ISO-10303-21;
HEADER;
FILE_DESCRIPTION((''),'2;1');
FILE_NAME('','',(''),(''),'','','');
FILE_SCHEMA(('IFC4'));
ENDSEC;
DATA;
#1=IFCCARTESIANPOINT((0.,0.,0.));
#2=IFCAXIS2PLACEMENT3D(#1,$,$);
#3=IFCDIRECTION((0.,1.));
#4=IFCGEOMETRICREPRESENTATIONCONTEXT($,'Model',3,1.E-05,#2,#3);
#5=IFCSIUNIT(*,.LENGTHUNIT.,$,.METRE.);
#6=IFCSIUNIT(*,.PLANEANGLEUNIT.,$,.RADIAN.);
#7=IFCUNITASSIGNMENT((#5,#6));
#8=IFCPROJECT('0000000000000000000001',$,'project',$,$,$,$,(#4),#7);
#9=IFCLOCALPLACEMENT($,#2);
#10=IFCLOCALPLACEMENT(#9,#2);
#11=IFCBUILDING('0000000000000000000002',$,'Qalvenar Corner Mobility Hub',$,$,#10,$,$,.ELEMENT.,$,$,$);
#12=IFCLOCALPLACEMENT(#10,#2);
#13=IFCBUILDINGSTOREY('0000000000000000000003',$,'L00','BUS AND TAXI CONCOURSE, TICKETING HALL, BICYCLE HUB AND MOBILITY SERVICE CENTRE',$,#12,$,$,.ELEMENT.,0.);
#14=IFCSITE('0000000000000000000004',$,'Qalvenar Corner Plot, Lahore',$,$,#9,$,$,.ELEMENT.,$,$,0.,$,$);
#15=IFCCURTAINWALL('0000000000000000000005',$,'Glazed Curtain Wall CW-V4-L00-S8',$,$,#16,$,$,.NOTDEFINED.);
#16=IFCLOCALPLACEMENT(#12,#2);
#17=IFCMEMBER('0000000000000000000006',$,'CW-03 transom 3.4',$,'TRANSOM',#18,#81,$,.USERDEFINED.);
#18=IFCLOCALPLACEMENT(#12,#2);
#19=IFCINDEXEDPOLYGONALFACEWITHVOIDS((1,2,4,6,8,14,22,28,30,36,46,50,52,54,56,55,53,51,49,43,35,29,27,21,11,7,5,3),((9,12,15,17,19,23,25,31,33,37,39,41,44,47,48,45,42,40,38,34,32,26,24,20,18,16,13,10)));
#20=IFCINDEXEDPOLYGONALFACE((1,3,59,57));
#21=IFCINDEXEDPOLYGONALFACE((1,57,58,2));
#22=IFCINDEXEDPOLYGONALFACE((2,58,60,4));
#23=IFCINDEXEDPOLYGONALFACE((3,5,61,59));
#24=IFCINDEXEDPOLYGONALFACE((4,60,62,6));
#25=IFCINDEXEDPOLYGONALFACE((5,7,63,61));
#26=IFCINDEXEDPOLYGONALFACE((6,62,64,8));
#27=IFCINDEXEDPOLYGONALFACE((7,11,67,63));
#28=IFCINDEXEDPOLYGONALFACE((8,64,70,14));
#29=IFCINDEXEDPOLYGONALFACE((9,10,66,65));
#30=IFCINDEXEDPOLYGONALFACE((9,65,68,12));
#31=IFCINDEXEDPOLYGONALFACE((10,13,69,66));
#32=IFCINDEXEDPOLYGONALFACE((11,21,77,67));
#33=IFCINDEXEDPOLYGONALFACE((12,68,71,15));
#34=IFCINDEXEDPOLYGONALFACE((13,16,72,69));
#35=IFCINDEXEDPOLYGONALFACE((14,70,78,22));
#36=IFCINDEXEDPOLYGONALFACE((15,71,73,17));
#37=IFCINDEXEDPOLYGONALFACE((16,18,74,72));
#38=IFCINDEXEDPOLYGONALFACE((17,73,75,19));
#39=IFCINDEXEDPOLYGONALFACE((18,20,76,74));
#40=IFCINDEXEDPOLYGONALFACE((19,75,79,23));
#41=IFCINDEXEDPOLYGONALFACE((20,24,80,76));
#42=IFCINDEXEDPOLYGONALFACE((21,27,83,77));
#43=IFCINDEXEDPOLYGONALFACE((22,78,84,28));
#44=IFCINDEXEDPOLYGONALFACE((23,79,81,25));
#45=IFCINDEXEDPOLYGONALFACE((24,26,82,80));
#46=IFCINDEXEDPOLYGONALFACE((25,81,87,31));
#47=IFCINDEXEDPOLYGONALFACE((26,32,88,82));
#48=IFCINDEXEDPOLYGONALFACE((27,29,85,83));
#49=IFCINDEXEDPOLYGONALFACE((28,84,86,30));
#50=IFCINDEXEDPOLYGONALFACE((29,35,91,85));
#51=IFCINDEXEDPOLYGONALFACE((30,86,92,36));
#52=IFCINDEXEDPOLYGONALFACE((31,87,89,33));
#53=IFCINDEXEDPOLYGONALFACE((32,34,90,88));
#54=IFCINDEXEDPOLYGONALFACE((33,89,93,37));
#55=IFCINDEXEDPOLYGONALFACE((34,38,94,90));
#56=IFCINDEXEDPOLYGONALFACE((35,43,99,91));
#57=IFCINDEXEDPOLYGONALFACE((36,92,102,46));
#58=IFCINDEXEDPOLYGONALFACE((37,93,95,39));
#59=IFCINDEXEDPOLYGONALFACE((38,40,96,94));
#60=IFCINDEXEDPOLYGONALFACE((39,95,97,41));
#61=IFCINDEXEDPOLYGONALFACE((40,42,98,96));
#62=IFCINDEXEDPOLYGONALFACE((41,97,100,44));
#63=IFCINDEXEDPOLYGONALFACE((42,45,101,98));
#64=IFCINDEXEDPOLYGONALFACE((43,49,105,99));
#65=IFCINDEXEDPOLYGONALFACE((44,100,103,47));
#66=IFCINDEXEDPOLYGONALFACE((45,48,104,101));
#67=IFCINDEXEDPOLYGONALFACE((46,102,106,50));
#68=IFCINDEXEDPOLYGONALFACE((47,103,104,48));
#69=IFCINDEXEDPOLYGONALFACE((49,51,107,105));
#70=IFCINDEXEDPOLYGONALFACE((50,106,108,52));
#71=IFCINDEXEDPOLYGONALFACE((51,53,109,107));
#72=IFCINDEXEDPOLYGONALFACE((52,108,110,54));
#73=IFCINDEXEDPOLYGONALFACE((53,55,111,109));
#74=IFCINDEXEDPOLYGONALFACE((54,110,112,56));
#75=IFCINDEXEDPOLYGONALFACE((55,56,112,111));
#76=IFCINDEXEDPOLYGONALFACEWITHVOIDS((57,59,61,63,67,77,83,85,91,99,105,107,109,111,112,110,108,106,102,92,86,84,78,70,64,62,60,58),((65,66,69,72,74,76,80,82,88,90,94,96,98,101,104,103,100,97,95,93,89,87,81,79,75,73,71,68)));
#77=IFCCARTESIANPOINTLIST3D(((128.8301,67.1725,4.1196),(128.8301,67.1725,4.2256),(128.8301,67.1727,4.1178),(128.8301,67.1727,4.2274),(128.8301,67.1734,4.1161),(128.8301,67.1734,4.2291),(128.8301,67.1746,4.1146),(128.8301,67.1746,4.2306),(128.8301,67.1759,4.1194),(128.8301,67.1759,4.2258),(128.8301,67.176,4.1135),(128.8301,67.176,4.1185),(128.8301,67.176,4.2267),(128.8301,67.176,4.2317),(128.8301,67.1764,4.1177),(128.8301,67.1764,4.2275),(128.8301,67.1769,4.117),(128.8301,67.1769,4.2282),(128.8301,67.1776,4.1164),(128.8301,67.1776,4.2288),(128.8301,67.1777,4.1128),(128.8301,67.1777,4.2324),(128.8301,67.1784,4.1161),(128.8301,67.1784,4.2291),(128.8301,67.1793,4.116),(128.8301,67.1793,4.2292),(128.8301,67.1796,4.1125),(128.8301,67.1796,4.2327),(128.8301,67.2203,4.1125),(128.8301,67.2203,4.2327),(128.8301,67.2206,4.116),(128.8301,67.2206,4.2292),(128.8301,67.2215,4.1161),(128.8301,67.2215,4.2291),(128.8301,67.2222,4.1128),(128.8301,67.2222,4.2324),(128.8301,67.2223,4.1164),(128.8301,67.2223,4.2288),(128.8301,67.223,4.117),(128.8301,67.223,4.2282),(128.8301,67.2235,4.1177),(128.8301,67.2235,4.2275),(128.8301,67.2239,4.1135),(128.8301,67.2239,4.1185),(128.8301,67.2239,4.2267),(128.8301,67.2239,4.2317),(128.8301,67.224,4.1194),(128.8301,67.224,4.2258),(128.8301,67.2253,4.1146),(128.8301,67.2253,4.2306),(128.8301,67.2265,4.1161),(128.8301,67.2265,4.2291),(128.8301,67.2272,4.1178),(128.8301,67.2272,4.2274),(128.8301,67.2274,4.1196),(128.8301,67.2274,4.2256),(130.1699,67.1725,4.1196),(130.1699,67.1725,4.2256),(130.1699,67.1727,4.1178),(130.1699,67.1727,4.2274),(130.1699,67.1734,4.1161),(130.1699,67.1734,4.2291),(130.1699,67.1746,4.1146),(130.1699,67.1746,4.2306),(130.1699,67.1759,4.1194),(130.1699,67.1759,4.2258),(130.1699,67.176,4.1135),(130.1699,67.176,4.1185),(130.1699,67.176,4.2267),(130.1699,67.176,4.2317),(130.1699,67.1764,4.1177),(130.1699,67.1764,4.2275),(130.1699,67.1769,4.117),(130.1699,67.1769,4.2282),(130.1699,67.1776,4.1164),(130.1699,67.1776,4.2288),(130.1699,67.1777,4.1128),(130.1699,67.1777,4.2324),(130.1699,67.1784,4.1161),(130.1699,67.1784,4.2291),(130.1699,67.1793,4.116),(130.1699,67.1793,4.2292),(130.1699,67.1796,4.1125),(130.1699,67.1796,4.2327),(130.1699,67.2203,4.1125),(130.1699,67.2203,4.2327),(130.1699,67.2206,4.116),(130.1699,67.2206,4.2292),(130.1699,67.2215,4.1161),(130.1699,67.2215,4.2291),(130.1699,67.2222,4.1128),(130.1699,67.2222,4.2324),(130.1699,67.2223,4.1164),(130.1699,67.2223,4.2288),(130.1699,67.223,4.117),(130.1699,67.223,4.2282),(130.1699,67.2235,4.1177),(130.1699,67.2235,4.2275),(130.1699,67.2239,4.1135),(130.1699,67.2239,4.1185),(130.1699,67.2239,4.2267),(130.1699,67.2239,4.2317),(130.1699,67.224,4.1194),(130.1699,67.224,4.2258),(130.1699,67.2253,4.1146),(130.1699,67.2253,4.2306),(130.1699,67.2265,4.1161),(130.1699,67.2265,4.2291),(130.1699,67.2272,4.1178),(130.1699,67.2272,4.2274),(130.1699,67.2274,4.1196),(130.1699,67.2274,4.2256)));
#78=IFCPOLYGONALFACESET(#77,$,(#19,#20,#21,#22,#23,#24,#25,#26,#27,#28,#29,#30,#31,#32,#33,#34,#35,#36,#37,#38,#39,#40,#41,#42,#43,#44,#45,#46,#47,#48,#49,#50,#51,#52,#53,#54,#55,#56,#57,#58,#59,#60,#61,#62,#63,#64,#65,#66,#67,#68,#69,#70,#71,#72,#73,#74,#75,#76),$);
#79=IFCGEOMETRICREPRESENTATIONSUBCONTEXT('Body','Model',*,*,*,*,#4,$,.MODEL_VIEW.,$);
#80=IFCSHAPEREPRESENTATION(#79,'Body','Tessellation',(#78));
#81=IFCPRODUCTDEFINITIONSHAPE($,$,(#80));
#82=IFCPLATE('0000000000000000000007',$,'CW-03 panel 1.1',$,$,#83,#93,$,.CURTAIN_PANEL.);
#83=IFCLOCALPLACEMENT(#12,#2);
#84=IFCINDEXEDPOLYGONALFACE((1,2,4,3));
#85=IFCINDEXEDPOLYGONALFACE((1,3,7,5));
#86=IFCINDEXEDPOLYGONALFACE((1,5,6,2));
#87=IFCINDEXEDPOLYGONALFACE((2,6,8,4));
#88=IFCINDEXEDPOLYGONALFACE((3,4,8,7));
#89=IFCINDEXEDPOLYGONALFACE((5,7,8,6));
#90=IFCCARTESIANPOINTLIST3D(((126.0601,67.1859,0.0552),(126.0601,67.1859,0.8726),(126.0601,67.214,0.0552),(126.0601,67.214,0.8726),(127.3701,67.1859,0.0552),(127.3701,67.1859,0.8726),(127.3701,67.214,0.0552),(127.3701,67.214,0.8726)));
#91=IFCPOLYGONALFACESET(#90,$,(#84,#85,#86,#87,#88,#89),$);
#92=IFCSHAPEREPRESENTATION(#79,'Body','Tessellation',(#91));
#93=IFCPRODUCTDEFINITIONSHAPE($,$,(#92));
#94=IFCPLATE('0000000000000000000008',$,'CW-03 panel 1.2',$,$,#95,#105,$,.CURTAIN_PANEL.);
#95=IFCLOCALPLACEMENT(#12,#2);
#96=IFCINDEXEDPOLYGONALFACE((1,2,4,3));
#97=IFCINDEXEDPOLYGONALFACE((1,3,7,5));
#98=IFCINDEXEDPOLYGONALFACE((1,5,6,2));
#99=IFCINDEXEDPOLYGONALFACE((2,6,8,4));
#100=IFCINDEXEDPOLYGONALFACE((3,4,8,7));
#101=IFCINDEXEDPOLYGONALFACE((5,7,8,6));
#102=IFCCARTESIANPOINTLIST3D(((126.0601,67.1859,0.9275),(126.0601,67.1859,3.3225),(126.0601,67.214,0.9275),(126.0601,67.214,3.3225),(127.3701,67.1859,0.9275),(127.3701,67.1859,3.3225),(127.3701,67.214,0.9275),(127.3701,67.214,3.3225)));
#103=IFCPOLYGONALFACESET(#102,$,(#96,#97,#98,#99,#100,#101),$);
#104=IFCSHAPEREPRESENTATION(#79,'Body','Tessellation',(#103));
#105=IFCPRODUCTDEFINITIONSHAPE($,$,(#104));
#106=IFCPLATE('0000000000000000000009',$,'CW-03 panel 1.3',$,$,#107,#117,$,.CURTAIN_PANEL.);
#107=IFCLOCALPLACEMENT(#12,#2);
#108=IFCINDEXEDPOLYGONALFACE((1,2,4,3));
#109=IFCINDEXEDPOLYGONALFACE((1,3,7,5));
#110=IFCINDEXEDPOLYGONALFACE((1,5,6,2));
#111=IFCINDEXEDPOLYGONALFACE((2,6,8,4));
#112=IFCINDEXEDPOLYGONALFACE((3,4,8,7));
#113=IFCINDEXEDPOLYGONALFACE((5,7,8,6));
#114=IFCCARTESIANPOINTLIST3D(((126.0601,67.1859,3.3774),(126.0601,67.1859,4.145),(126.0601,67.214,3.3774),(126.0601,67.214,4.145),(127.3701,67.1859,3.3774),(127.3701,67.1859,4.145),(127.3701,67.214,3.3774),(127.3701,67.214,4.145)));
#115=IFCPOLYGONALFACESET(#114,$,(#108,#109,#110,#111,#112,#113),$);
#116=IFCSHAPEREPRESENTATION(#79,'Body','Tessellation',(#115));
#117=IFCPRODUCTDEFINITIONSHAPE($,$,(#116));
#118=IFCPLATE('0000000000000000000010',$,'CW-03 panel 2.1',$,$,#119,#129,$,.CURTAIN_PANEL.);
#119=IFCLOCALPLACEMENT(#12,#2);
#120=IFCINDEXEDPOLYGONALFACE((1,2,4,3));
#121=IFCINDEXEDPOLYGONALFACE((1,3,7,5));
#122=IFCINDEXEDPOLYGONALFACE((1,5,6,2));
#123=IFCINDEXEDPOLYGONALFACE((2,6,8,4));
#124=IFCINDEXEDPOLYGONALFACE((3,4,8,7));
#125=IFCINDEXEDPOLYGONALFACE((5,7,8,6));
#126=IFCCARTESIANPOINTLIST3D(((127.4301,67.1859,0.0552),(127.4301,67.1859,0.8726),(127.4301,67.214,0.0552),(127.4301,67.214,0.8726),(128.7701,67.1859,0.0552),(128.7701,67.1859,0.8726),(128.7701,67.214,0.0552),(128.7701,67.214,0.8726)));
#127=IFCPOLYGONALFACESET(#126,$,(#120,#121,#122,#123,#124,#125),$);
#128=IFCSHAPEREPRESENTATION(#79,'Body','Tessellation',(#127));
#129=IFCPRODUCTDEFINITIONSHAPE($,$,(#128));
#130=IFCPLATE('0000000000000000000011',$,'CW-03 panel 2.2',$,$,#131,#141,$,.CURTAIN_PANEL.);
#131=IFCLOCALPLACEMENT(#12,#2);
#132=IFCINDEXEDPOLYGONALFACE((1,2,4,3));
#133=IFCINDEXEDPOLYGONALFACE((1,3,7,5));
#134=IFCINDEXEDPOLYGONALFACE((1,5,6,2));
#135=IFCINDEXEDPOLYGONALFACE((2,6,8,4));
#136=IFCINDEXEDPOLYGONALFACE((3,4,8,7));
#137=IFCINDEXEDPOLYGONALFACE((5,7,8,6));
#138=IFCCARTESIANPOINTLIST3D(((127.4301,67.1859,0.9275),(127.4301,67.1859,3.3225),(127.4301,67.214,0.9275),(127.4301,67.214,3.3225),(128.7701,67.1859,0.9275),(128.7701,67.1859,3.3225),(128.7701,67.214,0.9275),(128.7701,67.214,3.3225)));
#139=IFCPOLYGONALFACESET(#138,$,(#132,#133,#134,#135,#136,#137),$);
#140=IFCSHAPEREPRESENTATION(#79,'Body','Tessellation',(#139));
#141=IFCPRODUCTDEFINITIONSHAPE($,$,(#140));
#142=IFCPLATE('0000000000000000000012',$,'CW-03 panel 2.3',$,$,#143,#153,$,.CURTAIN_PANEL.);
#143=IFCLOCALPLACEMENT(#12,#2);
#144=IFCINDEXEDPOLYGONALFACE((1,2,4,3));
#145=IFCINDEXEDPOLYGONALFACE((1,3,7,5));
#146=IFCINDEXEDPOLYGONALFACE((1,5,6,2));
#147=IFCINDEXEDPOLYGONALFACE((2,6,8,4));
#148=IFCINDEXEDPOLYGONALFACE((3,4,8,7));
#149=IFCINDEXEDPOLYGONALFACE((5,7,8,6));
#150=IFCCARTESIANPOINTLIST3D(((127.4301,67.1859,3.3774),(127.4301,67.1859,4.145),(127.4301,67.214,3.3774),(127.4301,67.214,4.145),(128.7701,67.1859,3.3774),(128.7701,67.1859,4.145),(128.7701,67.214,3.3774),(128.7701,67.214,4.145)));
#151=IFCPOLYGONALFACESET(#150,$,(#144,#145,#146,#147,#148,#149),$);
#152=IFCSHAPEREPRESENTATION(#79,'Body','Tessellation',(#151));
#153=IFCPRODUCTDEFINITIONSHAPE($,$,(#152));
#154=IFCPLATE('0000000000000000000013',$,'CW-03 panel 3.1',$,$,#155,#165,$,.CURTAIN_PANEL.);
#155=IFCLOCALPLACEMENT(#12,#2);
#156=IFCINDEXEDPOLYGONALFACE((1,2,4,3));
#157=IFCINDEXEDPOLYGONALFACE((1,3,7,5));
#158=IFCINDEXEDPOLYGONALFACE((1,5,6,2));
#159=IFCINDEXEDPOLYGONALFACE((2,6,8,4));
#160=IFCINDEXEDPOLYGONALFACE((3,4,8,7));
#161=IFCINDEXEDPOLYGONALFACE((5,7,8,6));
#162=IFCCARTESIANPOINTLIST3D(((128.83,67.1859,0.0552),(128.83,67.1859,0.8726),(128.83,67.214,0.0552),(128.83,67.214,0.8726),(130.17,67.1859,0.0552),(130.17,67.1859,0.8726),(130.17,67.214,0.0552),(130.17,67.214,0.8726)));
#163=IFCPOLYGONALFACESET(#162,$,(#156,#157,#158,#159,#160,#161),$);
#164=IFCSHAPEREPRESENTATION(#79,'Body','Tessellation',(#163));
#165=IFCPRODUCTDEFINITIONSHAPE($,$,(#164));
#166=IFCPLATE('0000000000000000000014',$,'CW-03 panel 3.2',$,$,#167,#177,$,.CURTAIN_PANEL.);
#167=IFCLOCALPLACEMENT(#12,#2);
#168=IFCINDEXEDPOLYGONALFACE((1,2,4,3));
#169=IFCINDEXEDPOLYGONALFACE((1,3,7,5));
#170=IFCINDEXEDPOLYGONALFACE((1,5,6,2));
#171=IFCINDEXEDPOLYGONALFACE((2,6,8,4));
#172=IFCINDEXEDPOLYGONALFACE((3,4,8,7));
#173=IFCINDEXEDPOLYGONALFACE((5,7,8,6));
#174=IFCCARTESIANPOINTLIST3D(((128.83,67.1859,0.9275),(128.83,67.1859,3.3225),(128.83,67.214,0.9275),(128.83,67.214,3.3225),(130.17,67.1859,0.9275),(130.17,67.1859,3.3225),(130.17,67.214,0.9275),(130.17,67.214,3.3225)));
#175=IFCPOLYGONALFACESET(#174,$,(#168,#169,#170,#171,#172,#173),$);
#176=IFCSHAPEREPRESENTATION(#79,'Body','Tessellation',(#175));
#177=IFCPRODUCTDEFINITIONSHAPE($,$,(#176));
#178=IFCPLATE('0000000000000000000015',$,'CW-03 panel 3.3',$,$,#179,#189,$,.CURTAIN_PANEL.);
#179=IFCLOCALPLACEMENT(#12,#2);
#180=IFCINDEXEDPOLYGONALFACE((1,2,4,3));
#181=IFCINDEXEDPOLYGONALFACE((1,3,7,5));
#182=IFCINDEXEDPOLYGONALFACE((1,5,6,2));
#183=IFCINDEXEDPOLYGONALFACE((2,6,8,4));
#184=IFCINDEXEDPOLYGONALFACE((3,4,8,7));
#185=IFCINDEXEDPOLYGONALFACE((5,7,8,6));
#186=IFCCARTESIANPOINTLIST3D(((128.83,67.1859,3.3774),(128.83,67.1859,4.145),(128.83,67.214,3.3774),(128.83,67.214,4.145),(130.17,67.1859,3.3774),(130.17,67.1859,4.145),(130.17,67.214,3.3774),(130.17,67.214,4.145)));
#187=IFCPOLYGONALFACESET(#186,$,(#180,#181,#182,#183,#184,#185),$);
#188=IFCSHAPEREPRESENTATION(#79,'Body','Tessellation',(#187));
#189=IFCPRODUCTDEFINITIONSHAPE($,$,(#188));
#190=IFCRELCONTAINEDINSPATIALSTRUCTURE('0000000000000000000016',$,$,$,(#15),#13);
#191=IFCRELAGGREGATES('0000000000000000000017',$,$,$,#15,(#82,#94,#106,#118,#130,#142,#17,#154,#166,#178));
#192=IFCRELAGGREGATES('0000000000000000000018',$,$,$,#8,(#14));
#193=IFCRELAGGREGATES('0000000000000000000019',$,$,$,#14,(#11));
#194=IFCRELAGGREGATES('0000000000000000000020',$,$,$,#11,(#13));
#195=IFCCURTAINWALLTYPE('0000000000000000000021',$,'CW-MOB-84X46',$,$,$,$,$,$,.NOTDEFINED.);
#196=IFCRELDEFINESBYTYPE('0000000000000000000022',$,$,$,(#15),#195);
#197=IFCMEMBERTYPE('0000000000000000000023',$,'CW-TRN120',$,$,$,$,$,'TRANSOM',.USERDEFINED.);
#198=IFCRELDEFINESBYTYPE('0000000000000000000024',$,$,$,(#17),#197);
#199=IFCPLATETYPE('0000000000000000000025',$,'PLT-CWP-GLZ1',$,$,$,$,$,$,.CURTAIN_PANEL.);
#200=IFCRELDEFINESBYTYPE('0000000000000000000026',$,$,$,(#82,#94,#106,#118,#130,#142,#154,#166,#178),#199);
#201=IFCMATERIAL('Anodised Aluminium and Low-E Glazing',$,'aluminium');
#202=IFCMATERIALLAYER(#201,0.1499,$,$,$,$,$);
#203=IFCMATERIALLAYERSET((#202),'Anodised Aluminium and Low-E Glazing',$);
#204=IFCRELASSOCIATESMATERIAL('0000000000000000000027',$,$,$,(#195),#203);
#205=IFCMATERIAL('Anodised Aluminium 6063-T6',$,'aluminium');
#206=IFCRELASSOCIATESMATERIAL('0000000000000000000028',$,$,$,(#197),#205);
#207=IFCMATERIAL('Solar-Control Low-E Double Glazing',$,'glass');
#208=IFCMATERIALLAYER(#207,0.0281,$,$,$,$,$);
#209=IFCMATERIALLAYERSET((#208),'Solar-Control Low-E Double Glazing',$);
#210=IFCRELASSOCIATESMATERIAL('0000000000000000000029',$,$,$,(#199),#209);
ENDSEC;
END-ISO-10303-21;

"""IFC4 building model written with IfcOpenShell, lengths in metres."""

from ifc_helpers import new_model, si_unit, direction, frame, origin, origin_2d, place, context, subcontext, project, spatial, rectangle, hollow_rectangle, extrude, material, layer, layer_set, material_profile, profile_set, type_object, element, aggregate, save


model = new_model("IFC4")

# Units and contexts
model_context = context("Model", 3, precision=1e-05, world=origin(), true_north=direction((0.0, 1.0)))
body_context = subcontext(model_context, "Body", "Model", "MODEL_VIEW")
ifc_project = project(units=[si_unit("LENGTHUNIT", "METRE"), si_unit("PLANEANGLEUNIT", "RADIAN")], contexts=[model_context])

# Site, building, storey
site_placement = place(None, origin())
site = spatial("IfcSite", under=ifc_project, at=site_placement, Name="Qalvenar Corner Plot, Lahore", CompositionType="ELEMENT", RefElevation=0.0)
building_placement = place(site_placement, origin())
building = spatial("IfcBuilding", under=site, at=building_placement, Name="Qalvenar Corner Mobility Hub", CompositionType="ELEMENT")
storey_placement = place(building_placement, origin())
storey = spatial("IfcBuildingStorey", under=building, at=storey_placement, Name="L00", Description="BUS AND TAXI CONCOURSE, TICKETING HALL, BICYCLE HUB AND MOBILITY SERVICE CENTRE", CompositionType="ELEMENT", Elevation=0.0)

# Curtain wall, member, plates
ifc_material_1 = material(Name="Anodised Aluminium and Low-E Glazing", Category="aluminium")
ifc_layer_1 = layer(ifc_material_1, 0.1499)
ifc_layer_set_1 = layer_set([ifc_layer_1], Name="Anodised Aluminium and Low-E Glazing")
curtain_wall_type = type_object("IfcCurtainWallType", Name="CW-MOB-84X46", PredefinedType="NOTDEFINED", material=ifc_layer_set_1)
curtain_wall_placement = place(storey_placement, origin())
curtain_wall = element("IfcCurtainWall", 1, at=curtain_wall_placement, inside=storey, type_object=curtain_wall_type, Name="Glazed Curtain Wall CW-V4-L00-S8", PredefinedType="NOTDEFINED")
ifc_material_2 = material(Name="Anodised Aluminium 6063-T6", Category="aluminium")
ifc_material_profile_1 = material_profile(ifc_material_2, hollow_rectangle(XDim=0.0549, YDim=0.1201, WallThickness=0.0034, InnerFilletRadius=0.0034, OuterFilletRadius=0.0071, at=origin_2d()), Name="RHS120x55x3.5")
ifc_profile_set_1 = profile_set([ifc_material_profile_1], Name="Anodised Aluminium 6063-T6")
member_type_1 = type_object("IfcMemberType", Name="CW-TRN120", ElementType="TRANSOM", PredefinedType="USERDEFINED", material=ifc_profile_set_1)
member_1_placement = place(storey_placement, frame((128.8301, 67.2, 4.1726), z_axis=(1.0, 0.0, 0.0), x_axis=(0.0, 1.0, 0.0)))
member_1 = element("IfcMember", 2, at=member_1_placement, type_object=member_type_1, Name="CW-03 transom 3.4", ObjectType="TRANSOM", PredefinedType="USERDEFINED", context=body_context, shape_type="SweptSolid", body=[
    extrude(hollow_rectangle(XDim=0.0549, YDim=0.1201, WallThickness=0.0034, InnerFilletRadius=0.0034, OuterFilletRadius=0.0071, at=origin_2d()), origin(), (0.0, 0.0, 1.0), 1.3398),
])
ifc_material_3 = material(Name="Solar-Control Low-E Double Glazing", Category="glass")
ifc_layer_2 = layer(ifc_material_3, 0.0281)
ifc_layer_set_2 = layer_set([ifc_layer_2], Name="Solar-Control Low-E Double Glazing")
plate_type = type_object("IfcPlateType", Name="PLT-CWP-GLZ1", PredefinedType="CURTAIN_PANEL", material=ifc_layer_set_2)
plate_1_placement = place(storey_placement, frame((126.7151, 67.2, 0.0552), z_axis=(0.0, 0.0, 1.0), x_axis=(1.0, 0.0, 0.0)))
plate_1 = element("IfcPlate", 3, at=plate_1_placement, type_object=plate_type, Name="CW-03 panel 1.1", PredefinedType="CURTAIN_PANEL", context=body_context, shape_type="SweptSolid", body=[
    extrude(rectangle(XDim=1.3101, YDim=0.0281, at=origin_2d()), origin(), (0.0, 0.0, 1.0), 0.8174),
])
plate_2_placement = place(storey_placement, frame((126.7151, 67.2, 0.9275), z_axis=(0.0, 0.0, 1.0), x_axis=(1.0, 0.0, 0.0)))
plate_2 = element("IfcPlate", 4, at=plate_2_placement, type_object=plate_type, Name="CW-03 panel 1.2", PredefinedType="CURTAIN_PANEL", context=body_context, shape_type="SweptSolid", body=[
    extrude(rectangle(XDim=1.3101, YDim=0.0281, at=origin_2d()), origin(), (0.0, 0.0, 1.0), 2.395),
])
plate_3_placement = place(storey_placement, frame((126.7151, 67.2, 3.3774), z_axis=(0.0, 0.0, 1.0), x_axis=(1.0, 0.0, 0.0)))
plate_3 = element("IfcPlate", 5, at=plate_3_placement, type_object=plate_type, Name="CW-03 panel 1.3", PredefinedType="CURTAIN_PANEL", context=body_context, shape_type="SweptSolid", body=[
    extrude(rectangle(XDim=1.3101, YDim=0.0281, at=origin_2d()), origin(), (0.0, 0.0, 1.0), 0.7676),
])
plate_4_placement = place(storey_placement, frame((128.1001, 67.2, 0.0552), z_axis=(0.0, 0.0, 1.0), x_axis=(1.0, 0.0, 0.0)))
plate_4 = element("IfcPlate", 6, at=plate_4_placement, type_object=plate_type, Name="CW-03 panel 2.1", PredefinedType="CURTAIN_PANEL", context=body_context, shape_type="SweptSolid", body=[
    extrude(rectangle(XDim=1.3401, YDim=0.0281, at=origin_2d()), origin(), (0.0, 0.0, 1.0), 0.8174),
])
plate_5_placement = place(storey_placement, frame((128.1001, 67.2, 0.9275), z_axis=(0.0, 0.0, 1.0), x_axis=(1.0, 0.0, 0.0)))
plate_5 = element("IfcPlate", 7, at=plate_5_placement, type_object=plate_type, Name="CW-03 panel 2.2", PredefinedType="CURTAIN_PANEL", context=body_context, shape_type="SweptSolid", body=[
    extrude(rectangle(XDim=1.3401, YDim=0.0281, at=origin_2d()), origin(), (0.0, 0.0, 1.0), 2.395),
])
plate_6_placement = place(storey_placement, frame((128.1001, 67.2, 3.3774), z_axis=(0.0, 0.0, 1.0), x_axis=(1.0, 0.0, 0.0)))
plate_6 = element("IfcPlate", 8, at=plate_6_placement, type_object=plate_type, Name="CW-03 panel 2.3", PredefinedType="CURTAIN_PANEL", context=body_context, shape_type="SweptSolid", body=[
    extrude(rectangle(XDim=1.3401, YDim=0.0281, at=origin_2d()), origin(), (0.0, 0.0, 1.0), 0.7676),
])
plate_7_placement = place(storey_placement, frame((129.5, 67.2, 0.0552), z_axis=(0.0, 0.0, 1.0), x_axis=(1.0, 0.0, 0.0)))
plate_7 = element("IfcPlate", 9, at=plate_7_placement, type_object=plate_type, Name="CW-03 panel 3.1", PredefinedType="CURTAIN_PANEL", context=body_context, shape_type="SweptSolid", body=[
    extrude(rectangle(XDim=1.3401, YDim=0.0281, at=origin_2d()), origin(), (0.0, 0.0, 1.0), 0.8174),
])
plate_8_placement = place(storey_placement, frame((129.5, 67.2, 0.9275), z_axis=(0.0, 0.0, 1.0), x_axis=(1.0, 0.0, 0.0)))
plate_8 = element("IfcPlate", 10, at=plate_8_placement, type_object=plate_type, Name="CW-03 panel 3.2", PredefinedType="CURTAIN_PANEL", context=body_context, shape_type="SweptSolid", body=[
    extrude(rectangle(XDim=1.3401, YDim=0.0281, at=origin_2d()), origin(), (0.0, 0.0, 1.0), 2.395),
])
plate_9_placement = place(storey_placement, frame((129.5, 67.2, 3.3774), z_axis=(0.0, 0.0, 1.0), x_axis=(1.0, 0.0, 0.0)))
plate_9 = element("IfcPlate", 11, at=plate_9_placement, type_object=plate_type, Name="CW-03 panel 3.3", PredefinedType="CURTAIN_PANEL", context=body_context, shape_type="SweptSolid", body=[
    extrude(rectangle(XDim=1.3401, YDim=0.0281, at=origin_2d()), origin(), (0.0, 0.0, 1.0), 0.7676),
])
aggregate(curtain_wall, [plate_1, plate_2, plate_3, plate_4, plate_5, plate_6, member_1, plate_7, plate_8, plate_9])

save(model, "model.ifc")
